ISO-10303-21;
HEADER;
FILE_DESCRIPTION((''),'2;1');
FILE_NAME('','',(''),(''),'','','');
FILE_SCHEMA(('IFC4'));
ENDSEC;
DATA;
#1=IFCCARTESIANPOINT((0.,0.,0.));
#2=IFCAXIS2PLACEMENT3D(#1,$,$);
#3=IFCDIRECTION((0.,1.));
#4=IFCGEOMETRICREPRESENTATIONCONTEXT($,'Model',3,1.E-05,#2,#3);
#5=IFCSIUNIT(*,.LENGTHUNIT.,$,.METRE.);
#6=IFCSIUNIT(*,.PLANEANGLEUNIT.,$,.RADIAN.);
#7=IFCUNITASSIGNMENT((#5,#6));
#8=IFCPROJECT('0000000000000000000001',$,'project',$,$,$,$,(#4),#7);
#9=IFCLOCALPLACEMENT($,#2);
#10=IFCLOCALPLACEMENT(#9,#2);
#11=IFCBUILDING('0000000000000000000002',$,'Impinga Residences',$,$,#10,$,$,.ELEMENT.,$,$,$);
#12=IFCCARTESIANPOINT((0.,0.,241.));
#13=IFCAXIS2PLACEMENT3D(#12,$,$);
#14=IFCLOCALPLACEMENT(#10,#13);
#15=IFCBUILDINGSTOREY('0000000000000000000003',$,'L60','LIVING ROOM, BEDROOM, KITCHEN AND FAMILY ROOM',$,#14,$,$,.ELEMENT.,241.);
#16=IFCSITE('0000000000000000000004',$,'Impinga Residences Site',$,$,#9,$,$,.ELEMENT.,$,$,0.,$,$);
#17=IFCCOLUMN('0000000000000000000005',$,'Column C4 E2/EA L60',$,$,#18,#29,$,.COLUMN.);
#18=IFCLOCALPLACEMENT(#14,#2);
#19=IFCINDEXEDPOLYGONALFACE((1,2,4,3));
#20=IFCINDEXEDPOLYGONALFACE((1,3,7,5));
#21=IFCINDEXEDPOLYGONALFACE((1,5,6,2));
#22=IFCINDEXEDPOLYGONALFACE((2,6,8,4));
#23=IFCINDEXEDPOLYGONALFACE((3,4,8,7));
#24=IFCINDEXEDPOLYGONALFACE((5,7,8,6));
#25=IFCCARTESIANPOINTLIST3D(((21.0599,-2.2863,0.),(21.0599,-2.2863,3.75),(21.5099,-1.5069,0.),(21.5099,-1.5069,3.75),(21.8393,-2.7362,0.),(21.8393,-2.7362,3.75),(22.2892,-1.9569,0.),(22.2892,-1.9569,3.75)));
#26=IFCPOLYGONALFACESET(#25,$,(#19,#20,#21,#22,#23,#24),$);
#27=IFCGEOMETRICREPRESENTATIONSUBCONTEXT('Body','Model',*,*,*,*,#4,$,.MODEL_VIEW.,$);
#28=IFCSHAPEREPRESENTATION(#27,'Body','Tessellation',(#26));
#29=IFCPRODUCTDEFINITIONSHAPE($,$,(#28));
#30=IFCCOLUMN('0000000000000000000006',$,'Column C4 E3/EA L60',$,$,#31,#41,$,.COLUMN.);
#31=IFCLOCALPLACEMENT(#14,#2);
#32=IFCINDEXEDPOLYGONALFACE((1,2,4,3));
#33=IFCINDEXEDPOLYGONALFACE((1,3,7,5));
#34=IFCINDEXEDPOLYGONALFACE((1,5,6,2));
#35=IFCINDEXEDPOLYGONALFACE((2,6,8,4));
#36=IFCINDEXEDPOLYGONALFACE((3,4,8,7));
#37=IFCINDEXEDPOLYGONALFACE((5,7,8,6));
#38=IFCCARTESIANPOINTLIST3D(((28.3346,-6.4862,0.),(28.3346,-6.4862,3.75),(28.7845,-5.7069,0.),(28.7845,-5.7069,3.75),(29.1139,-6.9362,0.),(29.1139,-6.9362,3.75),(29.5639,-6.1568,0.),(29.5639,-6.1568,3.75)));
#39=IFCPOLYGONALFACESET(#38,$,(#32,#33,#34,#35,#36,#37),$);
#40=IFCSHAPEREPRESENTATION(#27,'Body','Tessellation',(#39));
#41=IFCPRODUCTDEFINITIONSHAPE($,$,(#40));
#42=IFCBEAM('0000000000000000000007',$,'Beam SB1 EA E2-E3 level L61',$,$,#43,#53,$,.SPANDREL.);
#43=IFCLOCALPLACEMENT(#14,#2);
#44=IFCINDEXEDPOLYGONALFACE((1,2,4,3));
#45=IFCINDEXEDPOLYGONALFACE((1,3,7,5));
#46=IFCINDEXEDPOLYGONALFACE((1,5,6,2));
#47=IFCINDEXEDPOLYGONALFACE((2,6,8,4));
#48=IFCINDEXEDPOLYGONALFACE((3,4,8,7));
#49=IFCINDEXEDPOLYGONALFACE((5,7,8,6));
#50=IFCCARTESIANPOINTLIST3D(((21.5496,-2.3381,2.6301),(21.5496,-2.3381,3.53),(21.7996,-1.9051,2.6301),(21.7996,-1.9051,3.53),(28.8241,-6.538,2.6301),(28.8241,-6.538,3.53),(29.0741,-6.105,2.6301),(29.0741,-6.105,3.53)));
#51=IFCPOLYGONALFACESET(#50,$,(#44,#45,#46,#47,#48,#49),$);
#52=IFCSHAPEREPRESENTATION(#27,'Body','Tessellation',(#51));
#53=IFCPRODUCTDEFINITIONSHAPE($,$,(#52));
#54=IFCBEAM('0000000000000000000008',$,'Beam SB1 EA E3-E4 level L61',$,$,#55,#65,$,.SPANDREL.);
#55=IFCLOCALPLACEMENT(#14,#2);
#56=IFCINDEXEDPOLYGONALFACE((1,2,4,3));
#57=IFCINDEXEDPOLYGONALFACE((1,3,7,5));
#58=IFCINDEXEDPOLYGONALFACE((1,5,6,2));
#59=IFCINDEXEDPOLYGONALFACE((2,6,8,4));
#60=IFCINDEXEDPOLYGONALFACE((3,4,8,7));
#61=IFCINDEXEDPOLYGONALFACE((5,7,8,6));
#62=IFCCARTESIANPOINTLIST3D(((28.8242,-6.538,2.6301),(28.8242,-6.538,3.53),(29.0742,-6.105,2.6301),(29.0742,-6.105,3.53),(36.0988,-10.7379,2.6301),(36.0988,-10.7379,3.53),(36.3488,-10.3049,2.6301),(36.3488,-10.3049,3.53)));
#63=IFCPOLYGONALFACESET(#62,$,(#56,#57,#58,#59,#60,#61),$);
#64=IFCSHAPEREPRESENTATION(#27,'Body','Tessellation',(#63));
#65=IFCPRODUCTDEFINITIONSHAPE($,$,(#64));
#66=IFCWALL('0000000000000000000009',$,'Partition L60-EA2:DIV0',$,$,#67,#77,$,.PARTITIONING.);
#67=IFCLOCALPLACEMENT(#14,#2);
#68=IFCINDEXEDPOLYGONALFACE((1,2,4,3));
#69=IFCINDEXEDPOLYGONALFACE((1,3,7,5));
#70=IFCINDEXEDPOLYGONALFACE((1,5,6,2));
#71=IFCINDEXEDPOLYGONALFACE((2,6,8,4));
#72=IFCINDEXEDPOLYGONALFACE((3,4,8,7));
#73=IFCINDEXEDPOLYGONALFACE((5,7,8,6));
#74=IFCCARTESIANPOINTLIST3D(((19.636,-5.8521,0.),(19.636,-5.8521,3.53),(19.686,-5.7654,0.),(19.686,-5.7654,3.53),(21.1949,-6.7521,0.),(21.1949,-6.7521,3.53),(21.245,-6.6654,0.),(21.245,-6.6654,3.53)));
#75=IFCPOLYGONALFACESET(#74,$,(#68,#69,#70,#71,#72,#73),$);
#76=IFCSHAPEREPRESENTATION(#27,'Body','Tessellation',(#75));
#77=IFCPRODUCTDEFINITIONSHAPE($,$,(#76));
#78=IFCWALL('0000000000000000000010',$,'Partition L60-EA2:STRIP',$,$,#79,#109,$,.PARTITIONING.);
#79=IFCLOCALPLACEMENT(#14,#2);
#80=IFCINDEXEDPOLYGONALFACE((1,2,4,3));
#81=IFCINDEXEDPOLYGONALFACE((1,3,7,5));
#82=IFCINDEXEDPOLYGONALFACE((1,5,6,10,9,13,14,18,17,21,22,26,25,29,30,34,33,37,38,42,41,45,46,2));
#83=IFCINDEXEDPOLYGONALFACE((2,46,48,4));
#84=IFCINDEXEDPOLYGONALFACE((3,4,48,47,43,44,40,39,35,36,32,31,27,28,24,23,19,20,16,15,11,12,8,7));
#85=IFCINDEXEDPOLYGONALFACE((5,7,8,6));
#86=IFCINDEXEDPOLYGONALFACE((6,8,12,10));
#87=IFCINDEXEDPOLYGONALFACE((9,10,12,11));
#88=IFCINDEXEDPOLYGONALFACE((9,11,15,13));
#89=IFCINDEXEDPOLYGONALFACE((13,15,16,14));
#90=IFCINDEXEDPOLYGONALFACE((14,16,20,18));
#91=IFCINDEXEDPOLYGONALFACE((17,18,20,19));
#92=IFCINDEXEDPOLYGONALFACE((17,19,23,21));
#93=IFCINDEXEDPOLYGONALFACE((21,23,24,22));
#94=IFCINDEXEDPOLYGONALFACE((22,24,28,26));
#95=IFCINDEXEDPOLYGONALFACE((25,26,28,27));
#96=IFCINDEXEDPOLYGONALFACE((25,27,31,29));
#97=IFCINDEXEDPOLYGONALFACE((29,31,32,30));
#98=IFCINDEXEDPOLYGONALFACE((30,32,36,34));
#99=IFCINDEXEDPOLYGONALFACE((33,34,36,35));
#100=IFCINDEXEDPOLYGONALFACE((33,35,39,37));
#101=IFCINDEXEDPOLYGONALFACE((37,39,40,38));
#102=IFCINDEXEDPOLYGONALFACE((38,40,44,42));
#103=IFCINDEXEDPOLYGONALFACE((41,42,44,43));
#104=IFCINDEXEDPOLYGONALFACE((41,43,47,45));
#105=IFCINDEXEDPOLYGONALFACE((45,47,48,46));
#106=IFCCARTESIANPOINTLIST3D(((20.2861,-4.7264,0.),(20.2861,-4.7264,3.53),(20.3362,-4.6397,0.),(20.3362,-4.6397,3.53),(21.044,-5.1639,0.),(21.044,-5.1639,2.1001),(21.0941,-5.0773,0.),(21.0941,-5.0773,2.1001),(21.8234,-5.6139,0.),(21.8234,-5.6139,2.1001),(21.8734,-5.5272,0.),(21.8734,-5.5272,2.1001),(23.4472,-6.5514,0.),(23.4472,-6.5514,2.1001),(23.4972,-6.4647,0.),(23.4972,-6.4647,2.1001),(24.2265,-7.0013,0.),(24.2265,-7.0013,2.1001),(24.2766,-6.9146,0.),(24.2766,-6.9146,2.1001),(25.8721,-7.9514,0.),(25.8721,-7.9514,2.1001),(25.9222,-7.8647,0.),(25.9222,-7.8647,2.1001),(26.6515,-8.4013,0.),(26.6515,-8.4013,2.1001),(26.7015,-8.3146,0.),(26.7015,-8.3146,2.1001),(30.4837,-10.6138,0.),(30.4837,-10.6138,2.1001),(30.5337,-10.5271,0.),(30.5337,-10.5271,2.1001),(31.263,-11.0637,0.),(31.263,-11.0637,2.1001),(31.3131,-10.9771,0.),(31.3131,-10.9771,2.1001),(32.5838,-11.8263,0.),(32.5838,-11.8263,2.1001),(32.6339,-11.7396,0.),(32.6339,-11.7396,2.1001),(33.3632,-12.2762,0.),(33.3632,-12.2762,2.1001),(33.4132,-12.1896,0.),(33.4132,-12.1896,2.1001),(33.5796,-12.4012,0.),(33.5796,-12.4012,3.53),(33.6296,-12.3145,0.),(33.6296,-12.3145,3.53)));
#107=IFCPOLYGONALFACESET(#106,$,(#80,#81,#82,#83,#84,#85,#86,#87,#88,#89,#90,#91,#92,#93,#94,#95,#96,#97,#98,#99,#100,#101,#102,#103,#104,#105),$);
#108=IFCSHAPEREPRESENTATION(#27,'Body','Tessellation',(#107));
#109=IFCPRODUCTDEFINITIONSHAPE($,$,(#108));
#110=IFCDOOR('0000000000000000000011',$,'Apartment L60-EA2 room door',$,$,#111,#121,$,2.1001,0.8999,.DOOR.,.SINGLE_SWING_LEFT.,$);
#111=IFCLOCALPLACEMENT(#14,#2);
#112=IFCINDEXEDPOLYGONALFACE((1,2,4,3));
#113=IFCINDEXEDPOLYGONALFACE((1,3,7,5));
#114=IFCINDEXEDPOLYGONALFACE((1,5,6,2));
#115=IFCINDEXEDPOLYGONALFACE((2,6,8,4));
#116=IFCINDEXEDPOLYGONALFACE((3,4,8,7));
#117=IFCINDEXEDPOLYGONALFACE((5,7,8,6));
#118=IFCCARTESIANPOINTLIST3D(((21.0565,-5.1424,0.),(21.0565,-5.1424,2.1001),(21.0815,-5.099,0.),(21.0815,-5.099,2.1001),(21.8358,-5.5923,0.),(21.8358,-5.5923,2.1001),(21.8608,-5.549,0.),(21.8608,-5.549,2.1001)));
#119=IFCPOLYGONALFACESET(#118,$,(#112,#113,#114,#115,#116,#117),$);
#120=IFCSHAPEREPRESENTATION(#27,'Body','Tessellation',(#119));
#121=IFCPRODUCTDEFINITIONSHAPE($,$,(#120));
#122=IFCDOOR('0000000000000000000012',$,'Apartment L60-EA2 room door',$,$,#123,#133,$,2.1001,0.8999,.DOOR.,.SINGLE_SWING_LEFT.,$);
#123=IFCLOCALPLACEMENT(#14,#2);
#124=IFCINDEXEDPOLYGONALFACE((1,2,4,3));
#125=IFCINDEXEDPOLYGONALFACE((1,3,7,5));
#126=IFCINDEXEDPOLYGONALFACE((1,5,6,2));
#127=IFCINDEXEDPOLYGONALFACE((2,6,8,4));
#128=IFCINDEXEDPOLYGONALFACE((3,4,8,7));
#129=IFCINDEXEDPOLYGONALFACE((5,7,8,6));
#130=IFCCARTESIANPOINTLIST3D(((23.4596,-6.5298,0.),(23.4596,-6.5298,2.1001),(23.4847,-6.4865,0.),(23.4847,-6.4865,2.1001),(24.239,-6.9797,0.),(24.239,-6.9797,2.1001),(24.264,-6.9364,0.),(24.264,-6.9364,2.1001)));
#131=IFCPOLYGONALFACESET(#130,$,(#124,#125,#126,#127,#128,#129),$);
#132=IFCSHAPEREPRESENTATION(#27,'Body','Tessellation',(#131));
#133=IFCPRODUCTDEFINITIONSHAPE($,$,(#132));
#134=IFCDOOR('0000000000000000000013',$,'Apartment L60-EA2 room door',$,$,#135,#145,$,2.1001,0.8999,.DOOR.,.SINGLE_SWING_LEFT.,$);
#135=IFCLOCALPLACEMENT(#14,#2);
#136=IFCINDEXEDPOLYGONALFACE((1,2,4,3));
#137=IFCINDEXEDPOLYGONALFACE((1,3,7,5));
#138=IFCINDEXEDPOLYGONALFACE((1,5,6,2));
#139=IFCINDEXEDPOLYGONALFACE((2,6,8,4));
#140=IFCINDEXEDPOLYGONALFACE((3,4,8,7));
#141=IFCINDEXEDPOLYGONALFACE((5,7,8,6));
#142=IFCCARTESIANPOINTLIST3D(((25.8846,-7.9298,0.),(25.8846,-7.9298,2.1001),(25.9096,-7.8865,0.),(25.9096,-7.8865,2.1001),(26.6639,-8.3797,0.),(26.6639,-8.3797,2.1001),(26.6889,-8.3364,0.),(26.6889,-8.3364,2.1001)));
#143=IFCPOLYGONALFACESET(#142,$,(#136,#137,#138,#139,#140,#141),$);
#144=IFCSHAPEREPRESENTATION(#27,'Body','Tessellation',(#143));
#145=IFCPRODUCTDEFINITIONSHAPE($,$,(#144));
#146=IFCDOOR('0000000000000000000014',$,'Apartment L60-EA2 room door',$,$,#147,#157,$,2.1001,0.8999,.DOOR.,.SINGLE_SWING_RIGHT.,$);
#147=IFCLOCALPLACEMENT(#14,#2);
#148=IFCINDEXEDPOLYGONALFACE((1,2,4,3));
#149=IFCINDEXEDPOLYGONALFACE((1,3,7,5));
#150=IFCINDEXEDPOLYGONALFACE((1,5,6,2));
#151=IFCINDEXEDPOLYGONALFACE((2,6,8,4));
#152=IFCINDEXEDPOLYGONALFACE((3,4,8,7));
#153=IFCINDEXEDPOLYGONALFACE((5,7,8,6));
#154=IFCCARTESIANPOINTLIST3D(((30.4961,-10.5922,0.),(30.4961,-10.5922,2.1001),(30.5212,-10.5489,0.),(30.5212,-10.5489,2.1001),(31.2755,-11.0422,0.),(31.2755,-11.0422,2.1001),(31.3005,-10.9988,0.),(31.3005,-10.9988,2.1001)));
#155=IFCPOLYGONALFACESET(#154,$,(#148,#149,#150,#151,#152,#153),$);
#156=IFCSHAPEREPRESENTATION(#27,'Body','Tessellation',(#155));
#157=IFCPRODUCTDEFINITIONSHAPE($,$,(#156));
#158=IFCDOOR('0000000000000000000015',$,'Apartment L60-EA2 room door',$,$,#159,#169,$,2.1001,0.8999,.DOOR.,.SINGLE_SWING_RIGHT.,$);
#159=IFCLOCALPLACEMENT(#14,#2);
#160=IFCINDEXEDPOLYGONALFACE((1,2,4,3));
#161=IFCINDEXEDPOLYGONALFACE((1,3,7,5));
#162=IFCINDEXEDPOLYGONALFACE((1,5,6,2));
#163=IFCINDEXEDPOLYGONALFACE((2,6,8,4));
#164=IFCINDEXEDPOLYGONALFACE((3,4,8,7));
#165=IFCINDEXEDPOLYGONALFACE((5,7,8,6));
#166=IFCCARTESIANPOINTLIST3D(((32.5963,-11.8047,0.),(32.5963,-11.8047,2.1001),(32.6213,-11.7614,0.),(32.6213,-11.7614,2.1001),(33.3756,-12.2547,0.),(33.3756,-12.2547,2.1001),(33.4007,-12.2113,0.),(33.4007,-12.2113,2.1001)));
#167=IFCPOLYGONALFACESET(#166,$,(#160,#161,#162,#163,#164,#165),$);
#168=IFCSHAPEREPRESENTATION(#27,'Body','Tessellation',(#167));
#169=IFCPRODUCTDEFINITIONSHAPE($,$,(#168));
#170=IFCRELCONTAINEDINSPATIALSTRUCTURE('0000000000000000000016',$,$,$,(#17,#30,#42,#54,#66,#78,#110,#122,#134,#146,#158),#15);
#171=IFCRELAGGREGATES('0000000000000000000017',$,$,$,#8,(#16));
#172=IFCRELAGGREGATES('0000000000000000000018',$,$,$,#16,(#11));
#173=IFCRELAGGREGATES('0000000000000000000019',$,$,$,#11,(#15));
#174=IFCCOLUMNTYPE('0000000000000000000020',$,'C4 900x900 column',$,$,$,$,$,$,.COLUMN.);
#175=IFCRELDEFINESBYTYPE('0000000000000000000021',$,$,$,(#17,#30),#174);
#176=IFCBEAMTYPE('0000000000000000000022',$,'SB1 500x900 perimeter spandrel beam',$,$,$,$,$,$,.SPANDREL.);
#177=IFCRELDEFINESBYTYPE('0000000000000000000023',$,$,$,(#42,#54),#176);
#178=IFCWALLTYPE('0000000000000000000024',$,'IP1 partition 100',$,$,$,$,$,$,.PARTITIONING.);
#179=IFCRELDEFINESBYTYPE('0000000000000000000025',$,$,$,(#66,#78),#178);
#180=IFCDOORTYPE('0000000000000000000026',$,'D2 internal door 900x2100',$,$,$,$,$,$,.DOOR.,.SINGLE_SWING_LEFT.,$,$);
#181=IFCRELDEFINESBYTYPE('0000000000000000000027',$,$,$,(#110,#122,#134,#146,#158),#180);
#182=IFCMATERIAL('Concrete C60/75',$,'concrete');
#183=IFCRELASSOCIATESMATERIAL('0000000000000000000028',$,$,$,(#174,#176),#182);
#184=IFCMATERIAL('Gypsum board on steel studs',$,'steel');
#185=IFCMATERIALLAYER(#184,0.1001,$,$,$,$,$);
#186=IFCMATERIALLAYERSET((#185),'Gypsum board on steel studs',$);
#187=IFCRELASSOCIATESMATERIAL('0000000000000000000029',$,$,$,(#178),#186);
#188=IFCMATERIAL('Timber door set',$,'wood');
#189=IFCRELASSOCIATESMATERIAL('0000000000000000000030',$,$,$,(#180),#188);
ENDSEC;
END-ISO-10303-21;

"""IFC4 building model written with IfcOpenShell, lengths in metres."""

from ifc_helpers import new_model, si_unit, direction, frame, frame_2d, origin, origin_2d, place, context, subcontext, project, spatial, rectangle, extrude, material, layer, layer_set, material_profile, profile_set, type_object, element, fill, save


model = new_model("IFC4")

# Units and contexts
model_context = context("Model", 3, precision=1e-05, world=origin(), true_north=direction((0.0, 1.0)))
body_context = subcontext(model_context, "Body", "Model", "MODEL_VIEW")
ifc_project = project(units=[si_unit("LENGTHUNIT", "METRE"), si_unit("PLANEANGLEUNIT", "RADIAN")], contexts=[model_context])

# Site, building, storey
site_placement = place(None, origin())
site = spatial("IfcSite", under=ifc_project, at=site_placement, Name="Impinga Residences Site", CompositionType="ELEMENT", RefElevation=0.0)
building_placement = place(site_placement, origin())
building = spatial("IfcBuilding", under=site, at=building_placement, Name="Impinga Residences", CompositionType="ELEMENT")
storey_placement = place(building_placement, frame((0.0, 0.0, 241.0)))
storey = spatial("IfcBuildingStorey", under=building, at=storey_placement, Name="L60", Description="LIVING ROOM, BEDROOM, KITCHEN AND FAMILY ROOM", CompositionType="ELEMENT", Elevation=241.0)

# Columns
ifc_material_1 = material(Name="Concrete C60/75", Category="concrete")
ifc_material_profile_1 = material_profile(ifc_material_1, rectangle(XDim=0.8999, YDim=0.8999, at=origin_2d()), Name="RC 900x900")
ifc_profile_set_1 = profile_set([ifc_material_profile_1], Name="Concrete C60/75")
column_type = type_object("IfcColumnType", Name="C4 900x900 column", PredefinedType="COLUMN", material=ifc_profile_set_1)
for number, where, z_axis, x_axis, name in (
    (1, (21.6746, -2.1216, 0.0), (0.0, 0.0, 1.0), (-0.5, -0.866025, 0.0), "Column C4 E2/EA L60"),
    (2, (28.9492, -6.3215, 0.0), (0.0, 0.0, 1.0), (-0.5, -0.866025, 0.0), "Column C4 E3/EA L60"),
):
    element("IfcColumn", number, at=place(storey_placement, frame(where, z_axis=z_axis, x_axis=x_axis)), inside=storey, type_object=column_type, Name=name, PredefinedType="COLUMN", context=body_context, shape_type="SweptSolid", body=[
        extrude(rectangle(XDim=0.8999, YDim=0.8999, at=origin_2d()), origin(), (0.0, 0.0, 1.0), 3.75),
    ])

# Beams
ifc_material_profile_2 = material_profile(ifc_material_1, rectangle(XDim=0.5, YDim=0.8999, at=origin_2d()), Name="RC 500x900")
ifc_profile_set_2 = profile_set([ifc_material_profile_2], Name="Concrete C60/75")
beam_type = type_object("IfcBeamType", Name="SB1 500x900 perimeter spandrel beam", PredefinedType="SPANDREL", material=ifc_profile_set_2)
for number, where, z_axis, x_axis, name in (
    (3, (21.6746, -2.1216, 3.0801), (0.866029, -0.499993, 0.0), (0.499993, 0.866029, 0.0), "Beam SB1 EA E2-E3 level L61"),
    (4, (28.9492, -6.3215, 3.0801), (0.866029, -0.499993, 0.0), (0.499993, 0.866029, 0.0), "Beam SB1 EA E3-E4 level L61"),
):
    element("IfcBeam", number, at=place(storey_placement, frame(where, z_axis=z_axis, x_axis=x_axis)), inside=storey, type_object=beam_type, Name=name, PredefinedType="SPANDREL", context=body_context, shape_type="SweptSolid", body=[
        extrude(rectangle(XDim=0.5, YDim=0.8999, at=origin_2d()), origin(), (0.0, 0.0, 1.0), 8.3999),
    ])

# Wall
ifc_material_2 = material(Name="Gypsum board on steel studs", Category="steel")
ifc_layer_1 = layer(ifc_material_2, 0.1001)
ifc_layer_set_1 = layer_set([ifc_layer_1], Name="Gypsum board on steel studs")
wall_type_1 = type_object("IfcWallType", Name="IP1 partition 100", PredefinedType="PARTITIONING", material=ifc_layer_set_1)
wall_1_placement = place(storey_placement, frame((19.6611, -5.8088, 0.0), z_axis=(0.0, 0.0, 1.0), x_axis=(0.866048, -0.499961, 0.0)))
element("IfcWall", 5, at=wall_1_placement, inside=storey, type_object=wall_type_1, Name="Partition L60-EA2:DIV0", PredefinedType="PARTITIONING", context=body_context, shape_type="SweptSolid", body=[
    extrude(rectangle(XDim=1.8, YDim=0.1001, at=frame_2d((0.8999, 0.0))), origin(), (0.0, 0.0, 1.0), 3.53),
])

# Wall, openings, doors
wall_2_placement = place(storey_placement, frame((20.3113, -4.6831, 0.0), z_axis=(0.0, 0.0, 1.0), x_axis=(0.86603, -0.499991, 0.0)))
wall_2 = element("IfcWall", 6, at=wall_2_placement, inside=storey, type_object=wall_type_1, Name="Partition L60-EA2:STRIP", PredefinedType="PARTITIONING", context=body_context, shape_type="SweptSolid", body=[
    extrude(rectangle(XDim=15.3499, YDim=0.1001, at=frame_2d((7.6748, 0.0))), origin(), (0.0, 0.0, 1.0), 3.53),
])
opening_1_placement = place(wall_2_placement, frame((0.875, 0.0, 0.0)))
opening_1 = element("IfcOpeningElement", 7, at=opening_1_placement, cuts=wall_2, PredefinedType="OPENING", context=body_context, shape_type="SweptSolid", body=[
    extrude(rectangle(XDim=0.8999, YDim=2.1001, at=frame_2d((0.45, 1.05))), frame((0.0, 0.0601, 0.0), z_axis=(0.0, -1.0, 0.0), x_axis=(1.0, 0.0, 0.0)), (0.0, 0.0, 1.0), 0.1201),
])
opening_2_placement = place(wall_2_placement, frame((3.6499, 0.0, 0.0)))
opening_2 = element("IfcOpeningElement", 8, at=opening_2_placement, cuts=wall_2, PredefinedType="OPENING", context=body_context, shape_type="SweptSolid", body=[
    extrude(rectangle(XDim=0.8999, YDim=2.1001, at=frame_2d((0.45, 1.05))), frame((0.0, 0.0601, 0.0), z_axis=(0.0, -1.0, 0.0), x_axis=(1.0, 0.0, 0.0)), (0.0, 0.0, 1.0), 0.1201),
])
opening_3_placement = place(wall_2_placement, frame((6.45, 0.0, 0.0)))
opening_3 = element("IfcOpeningElement", 9, at=opening_3_placement, cuts=wall_2, PredefinedType="OPENING", context=body_context, shape_type="SweptSolid", body=[
    extrude(rectangle(XDim=0.8999, YDim=2.1001, at=frame_2d((0.45, 1.05))), frame((0.0, 0.0601, 0.0), z_axis=(0.0, -1.0, 0.0), x_axis=(1.0, 0.0, 0.0)), (0.0, 0.0, 1.0), 0.1201),
])
opening_4_placement = place(wall_2_placement, frame((11.7749, 0.0, 0.0)))
opening_4 = element("IfcOpeningElement", 10, at=opening_4_placement, cuts=wall_2, PredefinedType="OPENING", context=body_context, shape_type="SweptSolid", body=[
    extrude(rectangle(XDim=0.8999, YDim=2.1001, at=frame_2d((0.45, 1.05))), frame((0.0, 0.0601, 0.0), z_axis=(0.0, -1.0, 0.0), x_axis=(1.0, 0.0, 0.0)), (0.0, 0.0, 1.0), 0.1201),
])
opening_5_placement = place(wall_2_placement, frame((14.2, 0.0, 0.0)))
opening_5 = element("IfcOpeningElement", 11, at=opening_5_placement, cuts=wall_2, PredefinedType="OPENING", context=body_context, shape_type="SweptSolid", body=[
    extrude(rectangle(XDim=0.8999, YDim=2.1001, at=frame_2d((0.45, 1.05))), frame((0.0, 0.0601, 0.0), z_axis=(0.0, -1.0, 0.0), x_axis=(1.0, 0.0, 0.0)), (0.0, 0.0, 1.0), 0.1201),
])
ifc_material_3 = material(Name="Timber door set", Category="wood")
door_type = type_object("IfcDoorType", Name="D2 internal door 900x2100", OperationType="SINGLE_SWING_LEFT", PredefinedType="DOOR", material=ifc_material_3)
door_1_placement = place(opening_1_placement, origin())
door_1 = element("IfcDoor", 12, at=door_1_placement, inside=storey, type_object=door_type, Name="Apartment L60-EA2 room door", OperationType="SINGLE_SWING_LEFT", OverallHeight=2.1001, OverallWidth=0.8999, PredefinedType="DOOR", context=body_context, shape_type="SweptSolid", body=[
    extrude(rectangle(XDim=0.8999, YDim=2.1001, at=frame_2d((0.45, 1.05))), frame((0.0, 0.0249, 0.0), z_axis=(0.0, -1.0, 0.0), x_axis=(1.0, 0.0, 0.0)), (0.0, 0.0, 1.0), 0.05),
])
fill(opening_1, door_1)
door_2_placement = place(opening_2_placement, origin())
door_2 = element("IfcDoor", 13, at=door_2_placement, inside=storey, type_object=door_type, Name="Apartment L60-EA2 room door", OperationType="SINGLE_SWING_LEFT", OverallHeight=2.1001, OverallWidth=0.8999, PredefinedType="DOOR", context=body_context, shape_type="SweptSolid", body=[
    extrude(rectangle(XDim=0.8999, YDim=2.1001, at=frame_2d((0.45, 1.05))), frame((0.0, 0.0249, 0.0), z_axis=(0.0, -1.0, 0.0), x_axis=(1.0, 0.0, 0.0)), (0.0, 0.0, 1.0), 0.05),
])
fill(opening_2, door_2)
door_3_placement = place(opening_3_placement, origin())
door_3 = element("IfcDoor", 14, at=door_3_placement, inside=storey, type_object=door_type, Name="Apartment L60-EA2 room door", OperationType="SINGLE_SWING_LEFT", OverallHeight=2.1001, OverallWidth=0.8999, PredefinedType="DOOR", context=body_context, shape_type="SweptSolid", body=[
    extrude(rectangle(XDim=0.8999, YDim=2.1001, at=frame_2d((0.45, 1.05))), frame((0.0, 0.0249, 0.0), z_axis=(0.0, -1.0, 0.0), x_axis=(1.0, 0.0, 0.0)), (0.0, 0.0, 1.0), 0.05),
])
fill(opening_3, door_3)
door_4_placement = place(opening_4_placement, origin())
door_4 = element("IfcDoor", 15, at=door_4_placement, inside=storey, type_object=door_type, Name="Apartment L60-EA2 room door", OperationType="SINGLE_SWING_RIGHT", OverallHeight=2.1001, OverallWidth=0.8999, PredefinedType="DOOR", context=body_context, shape_type="SweptSolid", body=[
    extrude(rectangle(XDim=0.8999, YDim=2.1001, at=frame_2d((0.45, 1.05))), frame((0.0, 0.0249, 0.0), z_axis=(0.0, -1.0, 0.0), x_axis=(1.0, 0.0, 0.0)), (0.0, 0.0, 1.0), 0.05),
])
fill(opening_4, door_4)
door_5_placement = place(opening_5_placement, origin())
door_5 = element("IfcDoor", 16, at=door_5_placement, inside=storey, type_object=door_type, Name="Apartment L60-EA2 room door", OperationType="SINGLE_SWING_RIGHT", OverallHeight=2.1001, OverallWidth=0.8999, PredefinedType="DOOR", context=body_context, shape_type="SweptSolid", body=[
    extrude(rectangle(XDim=0.8999, YDim=2.1001, at=frame_2d((0.45, 1.05))), frame((0.0, 0.0249, 0.0), z_axis=(0.0, -1.0, 0.0), x_axis=(1.0, 0.0, 0.0)), (0.0, 0.0, 1.0), 0.05),
])
fill(opening_5, door_5)

save(model, "model.ifc")
